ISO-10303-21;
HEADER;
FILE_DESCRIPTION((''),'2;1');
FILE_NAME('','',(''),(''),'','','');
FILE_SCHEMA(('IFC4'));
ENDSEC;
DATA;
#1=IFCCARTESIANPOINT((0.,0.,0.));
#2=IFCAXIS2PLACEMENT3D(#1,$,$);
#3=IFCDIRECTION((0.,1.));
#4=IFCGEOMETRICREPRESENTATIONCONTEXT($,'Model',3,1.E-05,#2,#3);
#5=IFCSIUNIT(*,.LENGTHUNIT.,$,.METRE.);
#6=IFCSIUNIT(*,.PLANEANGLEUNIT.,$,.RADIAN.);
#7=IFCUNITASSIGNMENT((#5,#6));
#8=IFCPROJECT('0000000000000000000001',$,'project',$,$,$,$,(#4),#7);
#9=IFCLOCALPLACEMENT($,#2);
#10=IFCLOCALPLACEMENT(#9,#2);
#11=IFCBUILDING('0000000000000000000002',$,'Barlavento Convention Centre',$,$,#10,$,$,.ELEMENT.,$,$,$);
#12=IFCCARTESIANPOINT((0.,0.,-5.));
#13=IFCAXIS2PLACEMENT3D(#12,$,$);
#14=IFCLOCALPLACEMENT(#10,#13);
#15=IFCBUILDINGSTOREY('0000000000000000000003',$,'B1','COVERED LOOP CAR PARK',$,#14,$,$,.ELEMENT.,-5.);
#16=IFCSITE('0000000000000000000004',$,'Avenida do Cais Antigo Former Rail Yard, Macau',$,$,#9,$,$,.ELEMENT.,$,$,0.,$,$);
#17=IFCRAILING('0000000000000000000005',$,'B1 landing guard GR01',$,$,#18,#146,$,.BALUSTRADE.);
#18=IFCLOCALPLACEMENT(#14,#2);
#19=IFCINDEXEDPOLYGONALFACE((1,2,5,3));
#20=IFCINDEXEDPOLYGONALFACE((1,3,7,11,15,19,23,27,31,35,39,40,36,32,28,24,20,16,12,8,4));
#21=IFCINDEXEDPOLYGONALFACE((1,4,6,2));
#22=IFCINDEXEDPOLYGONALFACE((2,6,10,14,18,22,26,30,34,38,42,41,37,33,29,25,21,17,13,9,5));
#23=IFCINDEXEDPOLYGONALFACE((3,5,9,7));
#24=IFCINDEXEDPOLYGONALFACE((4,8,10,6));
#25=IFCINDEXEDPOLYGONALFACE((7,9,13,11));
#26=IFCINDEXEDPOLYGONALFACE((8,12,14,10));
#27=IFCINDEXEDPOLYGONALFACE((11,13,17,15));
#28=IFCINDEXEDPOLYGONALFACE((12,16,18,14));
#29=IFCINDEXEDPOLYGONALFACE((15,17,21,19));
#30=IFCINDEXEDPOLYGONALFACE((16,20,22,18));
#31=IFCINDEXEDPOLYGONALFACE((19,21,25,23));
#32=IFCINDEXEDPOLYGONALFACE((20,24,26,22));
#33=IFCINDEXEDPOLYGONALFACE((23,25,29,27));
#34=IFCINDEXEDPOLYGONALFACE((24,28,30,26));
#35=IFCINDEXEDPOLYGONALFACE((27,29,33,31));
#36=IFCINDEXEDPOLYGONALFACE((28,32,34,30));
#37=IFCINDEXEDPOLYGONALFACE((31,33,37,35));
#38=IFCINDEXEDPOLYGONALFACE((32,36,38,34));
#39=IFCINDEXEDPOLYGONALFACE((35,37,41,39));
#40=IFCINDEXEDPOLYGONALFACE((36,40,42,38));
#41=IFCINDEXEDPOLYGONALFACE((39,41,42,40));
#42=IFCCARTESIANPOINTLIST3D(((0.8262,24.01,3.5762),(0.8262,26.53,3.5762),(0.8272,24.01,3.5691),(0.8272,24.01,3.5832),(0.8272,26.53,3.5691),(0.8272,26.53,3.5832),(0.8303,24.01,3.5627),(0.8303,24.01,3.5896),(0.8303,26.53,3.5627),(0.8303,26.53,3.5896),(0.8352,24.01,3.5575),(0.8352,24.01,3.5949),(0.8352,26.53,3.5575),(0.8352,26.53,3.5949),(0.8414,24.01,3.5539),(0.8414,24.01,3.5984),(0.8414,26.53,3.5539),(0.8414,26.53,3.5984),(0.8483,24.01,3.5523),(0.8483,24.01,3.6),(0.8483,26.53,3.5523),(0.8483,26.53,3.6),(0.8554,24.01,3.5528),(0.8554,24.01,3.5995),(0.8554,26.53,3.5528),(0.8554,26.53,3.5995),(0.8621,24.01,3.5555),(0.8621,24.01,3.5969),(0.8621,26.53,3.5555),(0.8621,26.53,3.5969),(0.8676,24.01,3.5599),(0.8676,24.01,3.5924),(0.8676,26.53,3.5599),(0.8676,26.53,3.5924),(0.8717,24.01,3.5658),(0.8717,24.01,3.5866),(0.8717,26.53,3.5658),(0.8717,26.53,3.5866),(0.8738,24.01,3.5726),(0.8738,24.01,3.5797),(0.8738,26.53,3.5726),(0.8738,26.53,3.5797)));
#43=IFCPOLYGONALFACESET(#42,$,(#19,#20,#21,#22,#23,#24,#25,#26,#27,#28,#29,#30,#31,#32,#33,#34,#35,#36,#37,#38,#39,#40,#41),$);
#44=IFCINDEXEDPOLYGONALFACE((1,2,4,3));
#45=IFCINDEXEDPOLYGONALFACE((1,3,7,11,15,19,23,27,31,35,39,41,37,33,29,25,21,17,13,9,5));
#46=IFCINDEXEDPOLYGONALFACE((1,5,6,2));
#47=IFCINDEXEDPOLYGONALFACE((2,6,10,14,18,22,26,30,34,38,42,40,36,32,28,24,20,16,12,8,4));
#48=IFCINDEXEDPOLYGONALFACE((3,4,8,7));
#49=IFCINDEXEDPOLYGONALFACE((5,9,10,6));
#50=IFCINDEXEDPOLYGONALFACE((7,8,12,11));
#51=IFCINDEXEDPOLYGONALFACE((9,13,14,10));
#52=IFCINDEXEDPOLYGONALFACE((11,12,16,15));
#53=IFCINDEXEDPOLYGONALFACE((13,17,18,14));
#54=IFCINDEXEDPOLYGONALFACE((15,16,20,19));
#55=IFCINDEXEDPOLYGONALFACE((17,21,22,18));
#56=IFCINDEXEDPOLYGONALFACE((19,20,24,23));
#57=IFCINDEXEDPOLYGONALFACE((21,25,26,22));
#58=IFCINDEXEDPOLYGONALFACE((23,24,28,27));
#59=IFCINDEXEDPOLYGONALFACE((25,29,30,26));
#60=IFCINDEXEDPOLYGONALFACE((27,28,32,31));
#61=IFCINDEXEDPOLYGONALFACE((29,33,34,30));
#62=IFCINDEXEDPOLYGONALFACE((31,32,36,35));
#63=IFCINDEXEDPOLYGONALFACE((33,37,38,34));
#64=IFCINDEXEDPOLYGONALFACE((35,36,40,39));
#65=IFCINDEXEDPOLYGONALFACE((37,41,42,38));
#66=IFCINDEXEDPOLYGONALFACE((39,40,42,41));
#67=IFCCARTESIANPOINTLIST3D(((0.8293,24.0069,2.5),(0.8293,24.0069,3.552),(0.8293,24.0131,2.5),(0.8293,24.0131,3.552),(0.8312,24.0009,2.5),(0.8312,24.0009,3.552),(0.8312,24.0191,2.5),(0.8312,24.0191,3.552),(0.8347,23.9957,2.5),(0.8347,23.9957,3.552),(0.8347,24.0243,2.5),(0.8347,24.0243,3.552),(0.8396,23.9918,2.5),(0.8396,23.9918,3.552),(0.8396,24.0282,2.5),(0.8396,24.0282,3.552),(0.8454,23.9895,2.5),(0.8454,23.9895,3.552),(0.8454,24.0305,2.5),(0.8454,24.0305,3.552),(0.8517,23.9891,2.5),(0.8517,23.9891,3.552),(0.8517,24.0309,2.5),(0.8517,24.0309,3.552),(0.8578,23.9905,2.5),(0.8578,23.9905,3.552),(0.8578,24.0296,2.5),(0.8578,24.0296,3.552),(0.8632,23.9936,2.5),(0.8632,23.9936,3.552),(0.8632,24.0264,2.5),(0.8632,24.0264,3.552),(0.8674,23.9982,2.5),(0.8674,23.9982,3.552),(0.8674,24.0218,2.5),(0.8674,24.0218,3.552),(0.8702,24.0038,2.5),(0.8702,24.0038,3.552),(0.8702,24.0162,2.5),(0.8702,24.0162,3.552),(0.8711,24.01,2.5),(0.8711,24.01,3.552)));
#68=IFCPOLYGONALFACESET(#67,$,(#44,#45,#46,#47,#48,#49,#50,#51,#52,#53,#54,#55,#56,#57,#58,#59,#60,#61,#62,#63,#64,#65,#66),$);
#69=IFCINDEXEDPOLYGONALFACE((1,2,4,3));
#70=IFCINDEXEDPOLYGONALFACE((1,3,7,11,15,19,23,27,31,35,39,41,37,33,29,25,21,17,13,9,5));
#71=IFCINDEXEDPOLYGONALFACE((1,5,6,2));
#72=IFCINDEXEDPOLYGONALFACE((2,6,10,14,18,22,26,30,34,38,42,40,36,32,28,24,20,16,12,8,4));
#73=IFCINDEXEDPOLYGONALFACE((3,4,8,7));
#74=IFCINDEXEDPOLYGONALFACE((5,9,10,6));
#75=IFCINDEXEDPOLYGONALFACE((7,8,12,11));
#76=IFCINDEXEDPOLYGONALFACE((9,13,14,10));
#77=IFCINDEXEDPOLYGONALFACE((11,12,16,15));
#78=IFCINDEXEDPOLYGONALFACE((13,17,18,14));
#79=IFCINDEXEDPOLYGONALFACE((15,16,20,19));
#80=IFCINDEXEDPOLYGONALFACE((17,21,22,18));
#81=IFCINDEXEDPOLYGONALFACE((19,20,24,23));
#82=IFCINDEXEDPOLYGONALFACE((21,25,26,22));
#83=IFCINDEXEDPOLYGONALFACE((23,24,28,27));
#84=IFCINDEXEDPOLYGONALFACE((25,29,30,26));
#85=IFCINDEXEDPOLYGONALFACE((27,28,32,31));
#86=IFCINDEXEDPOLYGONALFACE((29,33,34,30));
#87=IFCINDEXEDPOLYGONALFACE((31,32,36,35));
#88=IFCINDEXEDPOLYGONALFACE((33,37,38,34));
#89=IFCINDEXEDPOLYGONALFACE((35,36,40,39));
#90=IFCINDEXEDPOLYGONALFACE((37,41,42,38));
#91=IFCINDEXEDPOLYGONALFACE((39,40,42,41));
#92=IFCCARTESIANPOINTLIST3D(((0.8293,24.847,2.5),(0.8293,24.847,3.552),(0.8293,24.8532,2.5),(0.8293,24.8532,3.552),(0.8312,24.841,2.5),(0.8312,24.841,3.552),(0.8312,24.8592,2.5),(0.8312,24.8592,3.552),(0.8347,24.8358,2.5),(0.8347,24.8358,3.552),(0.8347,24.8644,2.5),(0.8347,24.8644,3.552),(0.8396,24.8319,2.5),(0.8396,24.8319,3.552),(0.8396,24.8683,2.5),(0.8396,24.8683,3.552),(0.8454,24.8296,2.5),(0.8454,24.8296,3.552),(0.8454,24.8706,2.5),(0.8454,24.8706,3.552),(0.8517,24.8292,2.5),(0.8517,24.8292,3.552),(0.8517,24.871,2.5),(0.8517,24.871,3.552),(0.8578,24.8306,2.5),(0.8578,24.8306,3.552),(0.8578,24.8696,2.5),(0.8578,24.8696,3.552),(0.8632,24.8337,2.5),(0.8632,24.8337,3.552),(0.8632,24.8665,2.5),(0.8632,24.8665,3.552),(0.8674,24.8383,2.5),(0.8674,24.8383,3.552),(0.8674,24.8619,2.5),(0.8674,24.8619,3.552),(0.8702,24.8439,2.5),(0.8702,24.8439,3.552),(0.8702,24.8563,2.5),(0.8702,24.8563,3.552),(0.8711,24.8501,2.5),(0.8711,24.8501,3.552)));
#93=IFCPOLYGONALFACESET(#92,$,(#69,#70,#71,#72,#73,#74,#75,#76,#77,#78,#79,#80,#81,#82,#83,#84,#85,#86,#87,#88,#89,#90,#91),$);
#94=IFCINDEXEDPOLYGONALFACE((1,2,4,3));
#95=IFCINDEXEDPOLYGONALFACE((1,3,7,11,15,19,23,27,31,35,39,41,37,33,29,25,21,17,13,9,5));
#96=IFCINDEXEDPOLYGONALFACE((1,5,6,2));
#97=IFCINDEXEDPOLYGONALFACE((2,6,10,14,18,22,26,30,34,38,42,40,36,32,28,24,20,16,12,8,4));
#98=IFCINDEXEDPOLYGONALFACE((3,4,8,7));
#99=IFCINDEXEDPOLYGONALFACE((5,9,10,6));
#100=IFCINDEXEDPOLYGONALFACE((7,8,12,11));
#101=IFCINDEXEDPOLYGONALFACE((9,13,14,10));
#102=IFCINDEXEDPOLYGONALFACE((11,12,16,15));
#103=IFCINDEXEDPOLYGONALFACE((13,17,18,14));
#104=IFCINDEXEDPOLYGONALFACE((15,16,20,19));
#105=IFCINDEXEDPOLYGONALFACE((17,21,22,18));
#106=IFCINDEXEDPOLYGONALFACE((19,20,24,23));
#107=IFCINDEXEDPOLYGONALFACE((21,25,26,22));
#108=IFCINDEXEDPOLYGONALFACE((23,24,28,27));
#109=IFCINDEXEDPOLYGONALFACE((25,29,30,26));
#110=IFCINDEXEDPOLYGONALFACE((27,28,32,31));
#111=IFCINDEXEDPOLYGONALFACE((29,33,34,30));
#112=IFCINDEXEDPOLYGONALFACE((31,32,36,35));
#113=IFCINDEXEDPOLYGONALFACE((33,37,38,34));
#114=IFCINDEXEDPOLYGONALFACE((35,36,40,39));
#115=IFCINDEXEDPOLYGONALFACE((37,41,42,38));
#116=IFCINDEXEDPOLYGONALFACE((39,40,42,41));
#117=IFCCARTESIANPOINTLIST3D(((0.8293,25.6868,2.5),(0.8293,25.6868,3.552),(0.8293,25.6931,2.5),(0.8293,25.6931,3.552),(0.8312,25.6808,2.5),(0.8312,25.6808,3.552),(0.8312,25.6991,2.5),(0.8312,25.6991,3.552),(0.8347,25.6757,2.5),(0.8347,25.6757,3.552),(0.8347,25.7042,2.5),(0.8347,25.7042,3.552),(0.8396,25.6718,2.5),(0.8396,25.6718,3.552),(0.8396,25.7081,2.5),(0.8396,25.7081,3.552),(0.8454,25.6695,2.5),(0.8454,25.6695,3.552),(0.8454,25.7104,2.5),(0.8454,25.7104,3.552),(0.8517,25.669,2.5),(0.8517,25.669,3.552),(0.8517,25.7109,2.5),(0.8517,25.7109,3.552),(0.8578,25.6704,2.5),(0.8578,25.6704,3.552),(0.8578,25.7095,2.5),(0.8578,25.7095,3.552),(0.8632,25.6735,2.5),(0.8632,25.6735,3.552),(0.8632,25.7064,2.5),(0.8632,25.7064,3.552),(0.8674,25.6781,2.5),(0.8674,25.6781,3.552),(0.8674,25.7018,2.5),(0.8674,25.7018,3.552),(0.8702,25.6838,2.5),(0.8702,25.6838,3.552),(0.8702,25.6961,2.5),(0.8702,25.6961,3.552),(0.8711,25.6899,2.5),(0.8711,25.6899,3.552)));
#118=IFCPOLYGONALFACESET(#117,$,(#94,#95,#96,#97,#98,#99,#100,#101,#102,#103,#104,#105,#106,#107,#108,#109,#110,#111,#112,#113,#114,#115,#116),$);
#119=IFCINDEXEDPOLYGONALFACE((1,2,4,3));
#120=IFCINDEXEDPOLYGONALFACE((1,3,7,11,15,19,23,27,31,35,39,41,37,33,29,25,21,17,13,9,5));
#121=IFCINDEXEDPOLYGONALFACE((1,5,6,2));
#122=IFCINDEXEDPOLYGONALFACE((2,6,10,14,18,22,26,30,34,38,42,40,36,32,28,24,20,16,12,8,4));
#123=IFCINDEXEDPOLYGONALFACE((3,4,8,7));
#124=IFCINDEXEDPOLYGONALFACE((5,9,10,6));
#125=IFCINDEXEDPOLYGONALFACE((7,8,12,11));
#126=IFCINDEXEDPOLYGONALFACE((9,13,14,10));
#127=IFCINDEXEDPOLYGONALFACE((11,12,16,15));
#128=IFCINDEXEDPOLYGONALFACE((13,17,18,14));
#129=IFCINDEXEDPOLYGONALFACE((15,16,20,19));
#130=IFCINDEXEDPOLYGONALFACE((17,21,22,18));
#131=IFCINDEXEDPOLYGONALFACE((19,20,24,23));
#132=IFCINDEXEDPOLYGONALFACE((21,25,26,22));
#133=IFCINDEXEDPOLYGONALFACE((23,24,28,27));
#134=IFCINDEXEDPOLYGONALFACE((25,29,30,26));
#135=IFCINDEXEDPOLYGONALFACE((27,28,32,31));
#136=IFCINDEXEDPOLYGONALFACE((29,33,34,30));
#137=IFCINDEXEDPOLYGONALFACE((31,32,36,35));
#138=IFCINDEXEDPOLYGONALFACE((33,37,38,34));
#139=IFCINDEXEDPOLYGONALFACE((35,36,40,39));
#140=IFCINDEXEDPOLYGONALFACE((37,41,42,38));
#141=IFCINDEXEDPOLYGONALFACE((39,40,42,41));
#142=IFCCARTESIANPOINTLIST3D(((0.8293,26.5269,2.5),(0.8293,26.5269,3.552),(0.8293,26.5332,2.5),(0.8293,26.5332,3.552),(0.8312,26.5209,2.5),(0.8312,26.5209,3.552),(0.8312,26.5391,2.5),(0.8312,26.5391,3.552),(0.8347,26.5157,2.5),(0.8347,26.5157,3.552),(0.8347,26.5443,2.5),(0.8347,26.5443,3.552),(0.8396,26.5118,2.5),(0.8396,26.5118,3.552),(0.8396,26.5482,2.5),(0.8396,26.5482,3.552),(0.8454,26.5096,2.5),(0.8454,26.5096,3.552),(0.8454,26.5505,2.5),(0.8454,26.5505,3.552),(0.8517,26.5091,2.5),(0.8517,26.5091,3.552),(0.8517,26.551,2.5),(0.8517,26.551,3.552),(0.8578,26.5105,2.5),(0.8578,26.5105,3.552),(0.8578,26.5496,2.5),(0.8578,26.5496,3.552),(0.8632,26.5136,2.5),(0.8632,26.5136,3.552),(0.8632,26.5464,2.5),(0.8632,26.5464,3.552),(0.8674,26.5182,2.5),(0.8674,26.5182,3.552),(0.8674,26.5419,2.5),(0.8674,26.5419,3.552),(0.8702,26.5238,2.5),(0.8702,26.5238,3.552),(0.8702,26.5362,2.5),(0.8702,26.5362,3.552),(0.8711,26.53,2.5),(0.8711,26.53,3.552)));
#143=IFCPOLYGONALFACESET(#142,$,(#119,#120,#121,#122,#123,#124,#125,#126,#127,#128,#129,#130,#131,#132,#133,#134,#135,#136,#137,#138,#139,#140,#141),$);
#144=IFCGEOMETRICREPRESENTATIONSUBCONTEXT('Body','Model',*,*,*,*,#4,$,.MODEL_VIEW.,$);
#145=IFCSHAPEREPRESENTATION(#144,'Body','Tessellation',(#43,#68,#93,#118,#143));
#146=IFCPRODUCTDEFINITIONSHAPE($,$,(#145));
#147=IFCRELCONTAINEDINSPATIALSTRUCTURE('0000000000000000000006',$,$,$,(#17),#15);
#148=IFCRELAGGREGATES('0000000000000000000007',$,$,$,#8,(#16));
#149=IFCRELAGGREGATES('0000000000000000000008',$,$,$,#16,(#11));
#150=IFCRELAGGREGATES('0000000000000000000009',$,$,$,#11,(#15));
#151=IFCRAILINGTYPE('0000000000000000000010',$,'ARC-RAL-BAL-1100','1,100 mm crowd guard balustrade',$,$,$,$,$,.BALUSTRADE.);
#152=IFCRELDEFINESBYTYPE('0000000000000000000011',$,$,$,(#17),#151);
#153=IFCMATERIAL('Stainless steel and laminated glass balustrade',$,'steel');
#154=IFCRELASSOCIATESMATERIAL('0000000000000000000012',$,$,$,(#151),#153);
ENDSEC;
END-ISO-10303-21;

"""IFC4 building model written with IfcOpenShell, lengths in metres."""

from ifc_helpers import new_model, si_unit, direction, frame, origin, origin_2d, place, context, subcontext, project, spatial, circle, extrude, material, type_object, element, save


model = new_model("IFC4")

# Units and contexts
model_context = context("Model", 3, precision=1e-05, world=origin(), true_north=direction((0.0, 1.0)))
body_context = subcontext(model_context, "Body", "Model", "MODEL_VIEW")
ifc_project = project(units=[si_unit("LENGTHUNIT", "METRE"), si_unit("PLANEANGLEUNIT", "RADIAN")], contexts=[model_context])

# Site, building, storey
site_placement = place(None, origin())
site = spatial("IfcSite", under=ifc_project, at=site_placement, Name="Avenida do Cais Antigo Former Rail Yard, Macau", CompositionType="ELEMENT", RefElevation=0.0)
building_placement = place(site_placement, origin())
building = spatial("IfcBuilding", under=site, at=building_placement, Name="Barlavento Convention Centre", CompositionType="ELEMENT")
storey_placement = place(building_placement, frame((0.0, 0.0, -5.0)))
storey = spatial("IfcBuildingStorey", under=building, at=storey_placement, Name="B1", Description="COVERED LOOP CAR PARK", CompositionType="ELEMENT", Elevation=-5.0)

# Railing
ifc_material_1 = material(Name="Stainless steel and laminated glass balustrade", Category="steel")
railing_type_1 = type_object("IfcRailingType", Name="ARC-RAL-BAL-1100", Description="1,100 mm crowd guard balustrade", PredefinedType="BALUSTRADE", material=ifc_material_1)
for number, where, name in (
    (1, (0.8501, 24.01, 2.5), "B1 landing guard GR01"),
):
    element("IfcRailing", number, at=place(storey_placement, frame(where)), inside=storey, type_object=railing_type_1, Name=name, PredefinedType="BALUSTRADE", context=body_context, shape_type="SweptSolid", body=[
        extrude(circle(Radius=0.0239, at=origin_2d()), frame((0.0, 0.0, 1.0762), z_axis=(0.0, 1.0, 0.0), x_axis=(-1.0, 0.0, 0.0)), (0.0, 0.0, 1.0), 2.52),
        extrude(circle(Radius=0.021, at=origin_2d()), origin(), (0.0, 0.0, 1.0), 1.052),
        extrude(circle(Radius=0.021, at=origin_2d()), frame((0.0, 0.8401, 0.0)), (0.0, 0.0, 1.0), 1.052),
        extrude(circle(Radius=0.021, at=origin_2d()), frame((0.0, 1.6799, 0.0)), (0.0, 0.0, 1.0), 1.052),
        extrude(circle(Radius=0.021, at=origin_2d()), frame((0.0, 2.52, 0.0)), (0.0, 0.0, 1.0), 1.052),
    ])

save(model, "model.ifc")
